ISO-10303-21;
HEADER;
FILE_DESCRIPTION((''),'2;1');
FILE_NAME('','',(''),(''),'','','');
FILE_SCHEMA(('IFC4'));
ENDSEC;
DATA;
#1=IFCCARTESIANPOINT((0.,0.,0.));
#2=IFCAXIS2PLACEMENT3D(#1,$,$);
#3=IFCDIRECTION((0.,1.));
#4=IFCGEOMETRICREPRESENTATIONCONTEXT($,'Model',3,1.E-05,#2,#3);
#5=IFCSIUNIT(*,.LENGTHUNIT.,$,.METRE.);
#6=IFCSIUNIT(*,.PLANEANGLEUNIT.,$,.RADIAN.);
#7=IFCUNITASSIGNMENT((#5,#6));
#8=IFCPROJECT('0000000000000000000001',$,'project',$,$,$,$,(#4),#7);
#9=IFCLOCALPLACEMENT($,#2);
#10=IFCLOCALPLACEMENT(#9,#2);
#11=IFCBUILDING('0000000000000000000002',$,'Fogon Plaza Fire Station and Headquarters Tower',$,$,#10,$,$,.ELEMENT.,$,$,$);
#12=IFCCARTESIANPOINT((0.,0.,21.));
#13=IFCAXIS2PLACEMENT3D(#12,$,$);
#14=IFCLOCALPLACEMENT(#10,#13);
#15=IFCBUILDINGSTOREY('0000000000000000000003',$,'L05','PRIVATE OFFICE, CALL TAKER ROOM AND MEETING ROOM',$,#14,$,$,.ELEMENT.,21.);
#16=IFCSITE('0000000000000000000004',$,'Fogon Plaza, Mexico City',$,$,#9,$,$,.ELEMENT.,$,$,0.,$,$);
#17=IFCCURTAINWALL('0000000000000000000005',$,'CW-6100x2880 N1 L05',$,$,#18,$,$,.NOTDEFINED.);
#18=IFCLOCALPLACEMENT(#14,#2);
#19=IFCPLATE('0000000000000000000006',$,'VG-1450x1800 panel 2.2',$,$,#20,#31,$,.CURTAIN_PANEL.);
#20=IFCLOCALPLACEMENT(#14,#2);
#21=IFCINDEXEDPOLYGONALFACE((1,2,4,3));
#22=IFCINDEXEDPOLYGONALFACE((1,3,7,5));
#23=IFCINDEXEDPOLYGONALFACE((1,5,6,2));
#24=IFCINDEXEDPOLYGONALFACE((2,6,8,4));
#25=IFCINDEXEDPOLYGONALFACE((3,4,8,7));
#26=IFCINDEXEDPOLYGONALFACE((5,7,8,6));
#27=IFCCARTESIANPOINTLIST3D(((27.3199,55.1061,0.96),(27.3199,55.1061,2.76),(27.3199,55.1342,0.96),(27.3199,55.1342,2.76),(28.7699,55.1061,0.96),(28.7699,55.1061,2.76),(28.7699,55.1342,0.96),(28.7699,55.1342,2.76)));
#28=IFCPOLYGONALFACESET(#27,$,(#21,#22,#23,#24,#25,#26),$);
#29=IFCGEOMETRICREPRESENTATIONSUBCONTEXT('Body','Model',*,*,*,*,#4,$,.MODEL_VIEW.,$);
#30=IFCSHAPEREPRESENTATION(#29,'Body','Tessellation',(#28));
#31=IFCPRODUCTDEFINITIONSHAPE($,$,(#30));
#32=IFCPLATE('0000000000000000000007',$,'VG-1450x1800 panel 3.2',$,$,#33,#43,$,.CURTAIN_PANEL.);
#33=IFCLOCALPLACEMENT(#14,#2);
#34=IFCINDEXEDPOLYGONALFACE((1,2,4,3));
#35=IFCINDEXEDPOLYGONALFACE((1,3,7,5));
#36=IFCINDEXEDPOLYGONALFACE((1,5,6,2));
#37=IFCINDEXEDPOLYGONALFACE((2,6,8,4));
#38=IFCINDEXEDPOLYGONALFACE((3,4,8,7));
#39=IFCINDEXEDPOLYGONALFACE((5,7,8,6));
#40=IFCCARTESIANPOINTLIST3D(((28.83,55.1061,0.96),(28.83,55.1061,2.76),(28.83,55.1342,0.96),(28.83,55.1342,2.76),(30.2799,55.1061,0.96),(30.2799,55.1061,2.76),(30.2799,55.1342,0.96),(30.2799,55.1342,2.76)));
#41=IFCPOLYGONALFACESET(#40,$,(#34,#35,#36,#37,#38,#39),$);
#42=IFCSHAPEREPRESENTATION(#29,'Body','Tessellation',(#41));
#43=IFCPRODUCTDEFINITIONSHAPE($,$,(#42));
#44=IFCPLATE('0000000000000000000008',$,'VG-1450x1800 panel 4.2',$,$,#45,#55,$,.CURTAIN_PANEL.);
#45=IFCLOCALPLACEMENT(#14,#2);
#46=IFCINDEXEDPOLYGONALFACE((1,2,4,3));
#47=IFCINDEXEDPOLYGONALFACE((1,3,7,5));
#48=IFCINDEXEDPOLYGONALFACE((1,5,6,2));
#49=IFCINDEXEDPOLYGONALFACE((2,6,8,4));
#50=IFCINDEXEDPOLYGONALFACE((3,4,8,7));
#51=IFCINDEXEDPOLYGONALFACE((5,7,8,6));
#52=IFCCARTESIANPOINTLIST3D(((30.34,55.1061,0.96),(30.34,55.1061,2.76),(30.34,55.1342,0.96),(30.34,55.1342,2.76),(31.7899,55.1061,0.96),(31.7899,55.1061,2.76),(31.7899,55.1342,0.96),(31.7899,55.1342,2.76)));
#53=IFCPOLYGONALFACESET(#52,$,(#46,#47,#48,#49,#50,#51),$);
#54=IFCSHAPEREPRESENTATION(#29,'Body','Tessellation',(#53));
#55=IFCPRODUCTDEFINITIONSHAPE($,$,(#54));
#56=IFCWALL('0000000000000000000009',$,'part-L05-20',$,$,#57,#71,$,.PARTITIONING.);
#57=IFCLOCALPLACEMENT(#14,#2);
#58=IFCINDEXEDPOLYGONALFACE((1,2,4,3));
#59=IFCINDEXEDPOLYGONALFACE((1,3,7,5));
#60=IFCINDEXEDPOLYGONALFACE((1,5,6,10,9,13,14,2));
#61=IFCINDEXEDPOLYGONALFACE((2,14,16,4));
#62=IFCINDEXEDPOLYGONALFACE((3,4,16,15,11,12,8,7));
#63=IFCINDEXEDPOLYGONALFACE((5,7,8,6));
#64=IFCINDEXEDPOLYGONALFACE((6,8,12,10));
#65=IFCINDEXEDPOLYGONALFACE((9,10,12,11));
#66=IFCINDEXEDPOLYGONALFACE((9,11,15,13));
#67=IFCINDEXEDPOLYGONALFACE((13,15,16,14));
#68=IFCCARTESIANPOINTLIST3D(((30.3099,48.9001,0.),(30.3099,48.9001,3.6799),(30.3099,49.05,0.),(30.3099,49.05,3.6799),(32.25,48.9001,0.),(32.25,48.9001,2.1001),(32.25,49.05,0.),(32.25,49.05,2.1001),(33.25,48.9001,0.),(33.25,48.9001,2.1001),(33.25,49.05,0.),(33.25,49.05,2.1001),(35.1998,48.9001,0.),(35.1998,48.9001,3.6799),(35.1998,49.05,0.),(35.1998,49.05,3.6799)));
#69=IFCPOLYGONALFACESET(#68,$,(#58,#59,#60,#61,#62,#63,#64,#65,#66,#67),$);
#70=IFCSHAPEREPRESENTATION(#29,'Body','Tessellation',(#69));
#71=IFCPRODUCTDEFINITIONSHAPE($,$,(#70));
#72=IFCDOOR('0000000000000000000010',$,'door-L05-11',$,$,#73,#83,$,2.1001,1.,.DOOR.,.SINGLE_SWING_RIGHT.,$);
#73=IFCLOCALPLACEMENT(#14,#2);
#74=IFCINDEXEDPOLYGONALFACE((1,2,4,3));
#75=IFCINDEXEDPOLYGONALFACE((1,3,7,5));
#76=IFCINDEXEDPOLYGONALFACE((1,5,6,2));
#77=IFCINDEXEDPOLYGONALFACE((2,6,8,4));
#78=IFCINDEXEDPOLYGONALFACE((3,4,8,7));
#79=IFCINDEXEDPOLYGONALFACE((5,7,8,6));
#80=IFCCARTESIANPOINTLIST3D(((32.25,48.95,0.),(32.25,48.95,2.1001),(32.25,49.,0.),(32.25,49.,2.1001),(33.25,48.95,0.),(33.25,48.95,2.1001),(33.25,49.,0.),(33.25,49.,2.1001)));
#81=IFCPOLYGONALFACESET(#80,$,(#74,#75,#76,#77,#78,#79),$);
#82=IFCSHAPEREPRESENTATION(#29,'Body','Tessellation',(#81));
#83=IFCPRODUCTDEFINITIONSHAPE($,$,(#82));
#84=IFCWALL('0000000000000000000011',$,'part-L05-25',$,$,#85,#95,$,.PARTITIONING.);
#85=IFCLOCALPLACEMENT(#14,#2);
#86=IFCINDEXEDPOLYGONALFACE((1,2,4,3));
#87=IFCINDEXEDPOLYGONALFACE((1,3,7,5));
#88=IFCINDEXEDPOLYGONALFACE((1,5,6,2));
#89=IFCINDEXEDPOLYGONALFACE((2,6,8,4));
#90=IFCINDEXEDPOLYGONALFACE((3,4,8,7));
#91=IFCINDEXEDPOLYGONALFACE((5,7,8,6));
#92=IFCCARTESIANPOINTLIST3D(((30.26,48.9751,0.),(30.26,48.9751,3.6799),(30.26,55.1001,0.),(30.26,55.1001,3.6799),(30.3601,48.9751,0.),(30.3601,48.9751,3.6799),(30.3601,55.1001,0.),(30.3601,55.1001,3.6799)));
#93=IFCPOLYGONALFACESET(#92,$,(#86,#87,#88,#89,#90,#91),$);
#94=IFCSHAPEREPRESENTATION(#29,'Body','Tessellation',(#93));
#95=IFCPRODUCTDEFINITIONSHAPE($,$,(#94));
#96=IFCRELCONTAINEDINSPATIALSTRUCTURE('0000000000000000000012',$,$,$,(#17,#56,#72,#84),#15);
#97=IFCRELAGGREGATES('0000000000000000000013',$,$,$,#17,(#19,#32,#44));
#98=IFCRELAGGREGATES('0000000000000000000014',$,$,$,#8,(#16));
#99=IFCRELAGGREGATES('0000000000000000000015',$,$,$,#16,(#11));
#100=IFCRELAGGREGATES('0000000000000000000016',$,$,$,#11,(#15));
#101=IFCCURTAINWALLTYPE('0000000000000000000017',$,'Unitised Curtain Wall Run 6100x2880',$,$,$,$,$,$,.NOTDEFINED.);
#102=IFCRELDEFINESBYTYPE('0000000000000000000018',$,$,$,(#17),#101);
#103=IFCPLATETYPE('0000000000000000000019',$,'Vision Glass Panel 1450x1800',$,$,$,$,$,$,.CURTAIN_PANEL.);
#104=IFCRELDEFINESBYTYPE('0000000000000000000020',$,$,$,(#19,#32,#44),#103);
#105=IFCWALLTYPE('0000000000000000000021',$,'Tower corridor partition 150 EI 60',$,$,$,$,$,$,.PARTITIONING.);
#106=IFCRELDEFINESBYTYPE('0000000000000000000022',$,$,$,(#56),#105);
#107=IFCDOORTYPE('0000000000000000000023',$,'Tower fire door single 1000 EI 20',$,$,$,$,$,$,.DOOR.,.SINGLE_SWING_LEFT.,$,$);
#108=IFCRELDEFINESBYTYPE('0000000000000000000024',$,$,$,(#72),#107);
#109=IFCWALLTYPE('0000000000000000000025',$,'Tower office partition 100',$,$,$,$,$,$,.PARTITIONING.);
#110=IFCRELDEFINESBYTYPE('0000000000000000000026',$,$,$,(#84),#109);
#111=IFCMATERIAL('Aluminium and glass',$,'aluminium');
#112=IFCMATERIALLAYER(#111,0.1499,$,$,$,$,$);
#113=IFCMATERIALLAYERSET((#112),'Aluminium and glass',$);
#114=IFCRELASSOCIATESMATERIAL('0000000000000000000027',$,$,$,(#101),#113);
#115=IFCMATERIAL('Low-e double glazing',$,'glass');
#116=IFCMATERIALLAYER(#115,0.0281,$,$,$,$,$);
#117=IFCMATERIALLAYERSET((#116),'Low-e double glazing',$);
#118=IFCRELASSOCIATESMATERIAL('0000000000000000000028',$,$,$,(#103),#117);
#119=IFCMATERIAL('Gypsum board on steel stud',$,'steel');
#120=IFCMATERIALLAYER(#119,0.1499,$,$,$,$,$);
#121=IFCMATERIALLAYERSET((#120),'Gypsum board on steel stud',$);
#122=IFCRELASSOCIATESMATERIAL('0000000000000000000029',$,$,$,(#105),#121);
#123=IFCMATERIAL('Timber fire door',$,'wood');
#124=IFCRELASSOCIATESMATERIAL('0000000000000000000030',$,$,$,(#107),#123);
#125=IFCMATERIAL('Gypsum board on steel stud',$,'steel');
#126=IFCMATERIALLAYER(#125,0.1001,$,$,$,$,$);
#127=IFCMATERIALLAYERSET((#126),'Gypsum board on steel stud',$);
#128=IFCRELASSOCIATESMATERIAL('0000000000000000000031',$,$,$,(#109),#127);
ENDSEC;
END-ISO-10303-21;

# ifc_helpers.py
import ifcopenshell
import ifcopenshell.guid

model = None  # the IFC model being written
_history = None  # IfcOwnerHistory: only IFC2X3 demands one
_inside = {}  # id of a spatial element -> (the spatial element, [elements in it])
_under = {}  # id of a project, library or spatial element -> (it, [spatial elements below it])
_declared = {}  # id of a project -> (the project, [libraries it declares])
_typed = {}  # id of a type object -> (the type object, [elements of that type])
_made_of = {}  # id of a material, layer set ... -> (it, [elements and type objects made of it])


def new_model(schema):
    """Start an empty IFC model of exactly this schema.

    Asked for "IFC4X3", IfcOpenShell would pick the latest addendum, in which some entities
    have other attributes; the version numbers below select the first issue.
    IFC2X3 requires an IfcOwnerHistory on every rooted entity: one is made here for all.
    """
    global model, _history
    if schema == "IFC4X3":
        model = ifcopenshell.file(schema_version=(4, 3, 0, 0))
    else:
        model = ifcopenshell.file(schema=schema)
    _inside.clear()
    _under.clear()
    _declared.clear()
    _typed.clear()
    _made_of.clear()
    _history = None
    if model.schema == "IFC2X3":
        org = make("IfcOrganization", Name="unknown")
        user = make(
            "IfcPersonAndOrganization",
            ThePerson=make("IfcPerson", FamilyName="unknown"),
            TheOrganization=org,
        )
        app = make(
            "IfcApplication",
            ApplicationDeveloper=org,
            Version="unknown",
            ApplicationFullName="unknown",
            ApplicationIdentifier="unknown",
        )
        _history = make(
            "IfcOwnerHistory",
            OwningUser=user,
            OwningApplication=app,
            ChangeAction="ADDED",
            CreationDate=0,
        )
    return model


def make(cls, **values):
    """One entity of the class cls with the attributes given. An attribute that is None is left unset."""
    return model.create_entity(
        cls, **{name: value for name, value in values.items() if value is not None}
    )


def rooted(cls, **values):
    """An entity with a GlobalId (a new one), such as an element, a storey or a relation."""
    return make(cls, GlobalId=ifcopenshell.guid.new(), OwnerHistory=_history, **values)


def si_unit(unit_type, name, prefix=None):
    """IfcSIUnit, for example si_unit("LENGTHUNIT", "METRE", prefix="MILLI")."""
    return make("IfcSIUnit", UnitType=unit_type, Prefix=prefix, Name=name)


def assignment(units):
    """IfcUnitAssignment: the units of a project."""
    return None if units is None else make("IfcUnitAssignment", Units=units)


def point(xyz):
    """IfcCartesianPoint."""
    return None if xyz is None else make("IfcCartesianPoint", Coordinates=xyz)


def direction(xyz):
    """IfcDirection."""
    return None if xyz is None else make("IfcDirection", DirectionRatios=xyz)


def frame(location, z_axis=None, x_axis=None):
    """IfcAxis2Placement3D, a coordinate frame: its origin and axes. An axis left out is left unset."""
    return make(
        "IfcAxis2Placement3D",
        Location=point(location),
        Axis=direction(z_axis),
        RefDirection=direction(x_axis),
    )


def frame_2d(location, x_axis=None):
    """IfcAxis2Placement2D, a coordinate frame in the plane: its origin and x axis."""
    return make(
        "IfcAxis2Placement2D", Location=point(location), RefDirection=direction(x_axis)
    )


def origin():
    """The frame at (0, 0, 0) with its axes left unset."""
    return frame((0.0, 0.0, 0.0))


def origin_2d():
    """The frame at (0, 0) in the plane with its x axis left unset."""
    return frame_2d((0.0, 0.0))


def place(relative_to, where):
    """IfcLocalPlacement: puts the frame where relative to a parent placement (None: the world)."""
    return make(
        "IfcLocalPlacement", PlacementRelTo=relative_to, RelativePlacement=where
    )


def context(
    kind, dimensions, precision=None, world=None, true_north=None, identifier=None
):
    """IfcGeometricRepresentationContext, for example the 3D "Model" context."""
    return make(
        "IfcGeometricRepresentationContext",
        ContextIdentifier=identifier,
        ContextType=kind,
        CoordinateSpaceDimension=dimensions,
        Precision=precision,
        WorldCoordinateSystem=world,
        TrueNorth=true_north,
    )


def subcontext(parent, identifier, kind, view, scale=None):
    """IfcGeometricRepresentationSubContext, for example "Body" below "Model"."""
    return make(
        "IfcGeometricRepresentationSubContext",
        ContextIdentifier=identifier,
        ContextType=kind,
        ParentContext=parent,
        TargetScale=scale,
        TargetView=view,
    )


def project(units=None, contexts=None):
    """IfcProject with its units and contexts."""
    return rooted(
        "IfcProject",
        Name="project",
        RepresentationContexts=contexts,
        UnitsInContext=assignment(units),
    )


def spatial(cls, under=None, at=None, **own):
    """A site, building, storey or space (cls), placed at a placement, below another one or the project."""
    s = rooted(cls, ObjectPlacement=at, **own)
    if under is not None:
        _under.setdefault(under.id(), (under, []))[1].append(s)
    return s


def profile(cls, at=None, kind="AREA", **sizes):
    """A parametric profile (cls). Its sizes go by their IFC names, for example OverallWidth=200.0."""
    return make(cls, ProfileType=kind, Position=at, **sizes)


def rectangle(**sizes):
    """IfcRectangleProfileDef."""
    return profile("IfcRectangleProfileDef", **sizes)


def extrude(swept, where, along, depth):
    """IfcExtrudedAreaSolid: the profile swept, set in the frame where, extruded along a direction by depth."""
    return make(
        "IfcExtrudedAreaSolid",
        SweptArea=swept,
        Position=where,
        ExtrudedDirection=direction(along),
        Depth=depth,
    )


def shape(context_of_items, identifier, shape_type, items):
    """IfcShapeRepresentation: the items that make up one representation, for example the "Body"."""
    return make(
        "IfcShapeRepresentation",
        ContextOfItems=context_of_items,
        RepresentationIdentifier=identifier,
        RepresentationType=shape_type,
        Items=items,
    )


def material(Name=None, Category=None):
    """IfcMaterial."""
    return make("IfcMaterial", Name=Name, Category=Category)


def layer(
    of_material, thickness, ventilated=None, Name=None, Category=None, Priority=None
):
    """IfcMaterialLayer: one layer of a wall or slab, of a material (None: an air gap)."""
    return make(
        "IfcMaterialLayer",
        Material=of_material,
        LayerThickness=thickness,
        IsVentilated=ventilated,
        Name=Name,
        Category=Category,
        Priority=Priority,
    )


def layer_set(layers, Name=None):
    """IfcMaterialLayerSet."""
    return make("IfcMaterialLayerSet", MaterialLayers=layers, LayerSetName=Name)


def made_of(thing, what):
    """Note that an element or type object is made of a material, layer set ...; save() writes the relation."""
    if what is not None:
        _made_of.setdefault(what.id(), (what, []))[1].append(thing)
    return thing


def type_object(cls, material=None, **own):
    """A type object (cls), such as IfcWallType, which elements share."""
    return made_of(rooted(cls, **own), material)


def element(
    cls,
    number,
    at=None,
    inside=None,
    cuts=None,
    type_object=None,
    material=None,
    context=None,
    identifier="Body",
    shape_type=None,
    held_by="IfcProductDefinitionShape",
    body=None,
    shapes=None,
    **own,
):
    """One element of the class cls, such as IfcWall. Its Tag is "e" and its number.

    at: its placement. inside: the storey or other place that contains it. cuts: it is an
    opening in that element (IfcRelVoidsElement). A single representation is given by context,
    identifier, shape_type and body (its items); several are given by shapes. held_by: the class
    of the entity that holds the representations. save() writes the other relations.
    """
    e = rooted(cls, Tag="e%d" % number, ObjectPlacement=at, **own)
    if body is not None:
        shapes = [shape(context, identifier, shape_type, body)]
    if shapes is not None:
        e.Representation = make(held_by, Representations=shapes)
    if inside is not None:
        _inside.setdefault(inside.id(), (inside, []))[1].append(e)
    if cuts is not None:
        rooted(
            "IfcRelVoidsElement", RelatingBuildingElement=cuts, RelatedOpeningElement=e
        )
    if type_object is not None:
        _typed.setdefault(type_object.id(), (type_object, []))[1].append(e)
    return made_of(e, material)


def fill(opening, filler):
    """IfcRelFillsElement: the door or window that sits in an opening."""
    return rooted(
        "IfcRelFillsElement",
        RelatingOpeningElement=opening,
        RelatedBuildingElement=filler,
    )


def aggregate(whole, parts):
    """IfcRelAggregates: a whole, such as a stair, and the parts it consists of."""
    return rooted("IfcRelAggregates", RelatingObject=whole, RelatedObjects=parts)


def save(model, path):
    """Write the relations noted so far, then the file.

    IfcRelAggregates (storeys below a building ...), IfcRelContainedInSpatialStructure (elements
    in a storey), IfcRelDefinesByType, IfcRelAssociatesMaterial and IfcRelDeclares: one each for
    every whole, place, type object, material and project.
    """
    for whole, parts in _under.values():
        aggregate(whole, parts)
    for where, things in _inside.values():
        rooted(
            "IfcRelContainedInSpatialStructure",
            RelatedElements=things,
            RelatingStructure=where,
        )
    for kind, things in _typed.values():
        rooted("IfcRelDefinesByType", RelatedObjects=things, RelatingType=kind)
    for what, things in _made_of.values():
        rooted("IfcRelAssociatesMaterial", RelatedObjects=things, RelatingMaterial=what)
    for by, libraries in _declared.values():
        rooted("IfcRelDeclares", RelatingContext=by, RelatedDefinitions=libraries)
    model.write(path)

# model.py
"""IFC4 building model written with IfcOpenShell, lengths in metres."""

from ifc_helpers import new_model, si_unit, direction, frame, frame_2d, origin, origin_2d, place, context, subcontext, project, spatial, rectangle, extrude, material, layer, layer_set, type_object, element, fill, aggregate, save


model = new_model("IFC4")

# Units and contexts
model_context = context("Model", 3, precision=1e-05, world=origin(), true_north=direction((0.0, 1.0)))
body_context = subcontext(model_context, "Body", "Model", "MODEL_VIEW")
ifc_project = project(units=[si_unit("LENGTHUNIT", "METRE"), si_unit("PLANEANGLEUNIT", "RADIAN")], contexts=[model_context])

# Site, building, storey
site_placement = place(None, origin())
site = spatial("IfcSite", under=ifc_project, at=site_placement, Name="Fogon Plaza, Mexico City", CompositionType="ELEMENT", RefElevation=0.0)
building_placement = place(site_placement, origin())
building = spatial("IfcBuilding", under=site, at=building_placement, Name="Fogon Plaza Fire Station and Headquarters Tower", CompositionType="ELEMENT")
storey_placement = place(building_placement, frame((0.0, 0.0, 21.0)))
storey = spatial("IfcBuildingStorey", under=building, at=storey_placement, Name="L05", Description="PRIVATE OFFICE, CALL TAKER ROOM AND MEETING ROOM", CompositionType="ELEMENT", Elevation=21.0)

# Curtain wall
ifc_material_1 = material(Name="Aluminium and glass", Category="aluminium")
ifc_layer_1 = layer(ifc_material_1, 0.1499)
ifc_layer_set_1 = layer_set([ifc_layer_1], Name="Aluminium and glass")
curtain_wall_type = type_object("IfcCurtainWallType", Name="Unitised Curtain Wall Run 6100x2880", PredefinedType="NOTDEFINED", material=ifc_layer_set_1)
curtain_wall_placement = place(storey_placement, origin())
curtain_wall = element("IfcCurtainWall", 1, at=curtain_wall_placement, inside=storey, type_object=curtain_wall_type, Name="CW-6100x2880 N1 L05", PredefinedType="NOTDEFINED")

# Plates
ifc_material_2 = material(Name="Low-e double glazing", Category="glass")
ifc_layer_2 = layer(ifc_material_2, 0.0281)
ifc_layer_set_2 = layer_set([ifc_layer_2], Name="Low-e double glazing")
plate_type_1 = type_object("IfcPlateType", Name="Vision Glass Panel 1450x1800", PredefinedType="CURTAIN_PANEL", material=ifc_layer_set_2)
plate_1_placement = place(storey_placement, frame((28.0449, 55.1201, 0.96), z_axis=(0.0, 0.0, 1.0), x_axis=(1.0, 0.0, 0.0)))
plate_1 = element("IfcPlate", 2, at=plate_1_placement, type_object=plate_type_1, Name="VG-1450x1800 panel 2.2", PredefinedType="CURTAIN_PANEL", context=body_context, shape_type="SweptSolid", body=[
    extrude(rectangle(XDim=1.45, YDim=0.0281, at=origin_2d()), origin(), (0.0, 0.0, 1.0), 1.8),
])
plate_2_placement = place(storey_placement, frame((29.5549, 55.1201, 0.96), z_axis=(0.0, 0.0, 1.0), x_axis=(1.0, 0.0, 0.0)))
plate_2 = element("IfcPlate", 3, at=plate_2_placement, type_object=plate_type_1, Name="VG-1450x1800 panel 3.2", PredefinedType="CURTAIN_PANEL", context=body_context, shape_type="SweptSolid", body=[
    extrude(rectangle(XDim=1.45, YDim=0.0281, at=origin_2d()), origin(), (0.0, 0.0, 1.0), 1.8),
])
plate_3_placement = place(storey_placement, frame((31.0649, 55.1201, 0.96), z_axis=(0.0, 0.0, 1.0), x_axis=(1.0, 0.0, 0.0)))
plate_3 = element("IfcPlate", 4, at=plate_3_placement, type_object=plate_type_1, Name="VG-1450x1800 panel 4.2", PredefinedType="CURTAIN_PANEL", context=body_context, shape_type="SweptSolid", body=[
    extrude(rectangle(XDim=1.45, YDim=0.0281, at=origin_2d()), origin(), (0.0, 0.0, 1.0), 1.8),
])
aggregate(curtain_wall, [plate_1, plate_2, plate_3])

# Wall, opening, door
ifc_material_3 = material(Name="Gypsum board on steel stud", Category="steel")
ifc_layer_3 = layer(ifc_material_3, 0.1499)
ifc_layer_set_3 = layer_set([ifc_layer_3], Name="Gypsum board on steel stud")
wall_type_1 = type_object("IfcWallType", Name="Tower corridor partition 150 EI 60", PredefinedType="PARTITIONING", material=ifc_layer_set_3)
wall_1_placement = place(storey_placement, frame((30.3101, 48.9751, 0.0), z_axis=(0.0, 0.0, 1.0), x_axis=(1.0, 0.0, 0.0)))
wall_1 = element("IfcWall", 5, at=wall_1_placement, inside=storey, type_object=wall_type_1, Name="part-L05-20", PredefinedType="PARTITIONING", context=body_context, shape_type="SweptSolid", body=[
    extrude(rectangle(XDim=4.8899, YDim=0.1499, at=frame_2d((2.4448, 0.0))), origin(), (0.0, 0.0, 1.0), 3.6799),
])
opening_placement = place(wall_1_placement, frame((1.9399, 0.0, 0.0)))
opening = element("IfcOpeningElement", 6, at=opening_placement, cuts=wall_1, PredefinedType="OPENING", context=body_context, shape_type="SweptSolid", body=[
    extrude(rectangle(XDim=1.0, YDim=2.1001, at=frame_2d((0.5, 1.05))), frame((0.0, 0.085, 0.0), z_axis=(0.0, -1.0, 0.0), x_axis=(1.0, 0.0, 0.0)), (0.0, 0.0, 1.0), 0.1699),
])
ifc_material_4 = material(Name="Timber fire door", Category="wood")
door_type = type_object("IfcDoorType", Name="Tower fire door single 1000 EI 20", OperationType="SINGLE_SWING_LEFT", PredefinedType="DOOR", material=ifc_material_4)
door_placement = place(opening_placement, origin())
door = element("IfcDoor", 7, at=door_placement, inside=storey, type_object=door_type, Name="door-L05-11", OperationType="SINGLE_SWING_RIGHT", OverallHeight=2.1001, OverallWidth=1.0, PredefinedType="DOOR", context=body_context, shape_type="SweptSolid", body=[
    extrude(rectangle(XDim=1.0, YDim=2.1001, at=frame_2d((0.5, 1.05))), frame((0.0, 0.0249, 0.0), z_axis=(0.0, -1.0, 0.0), x_axis=(1.0, 0.0, 0.0)), (0.0, 0.0, 1.0), 0.05),
])
fill(opening, door)

# Wall
ifc_material_5 = material(Name="Gypsum board on steel stud", Category="steel")
ifc_layer_4 = layer(ifc_material_5, 0.1001)
ifc_layer_set_4 = layer_set([ifc_layer_4], Name="Gypsum board on steel stud")
wall_type_2 = type_object("IfcWallType", Name="Tower office partition 100", PredefinedType="PARTITIONING", material=ifc_layer_set_4)
wall_2_placement = place(storey_placement, frame((30.3101, 48.9751, 0.0), z_axis=(0.0, 0.0, 1.0), x_axis=(0.0, 1.0, 0.0)))
element("IfcWall", 8, at=wall_2_placement, inside=storey, type_object=wall_type_2, Name="part-L05-25", PredefinedType="PARTITIONING", context=body_context, shape_type="SweptSolid", body=[
    extrude(rectangle(XDim=6.125, YDim=0.1001, at=frame_2d((3.0625, 0.0))), origin(), (0.0, 0.0, 1.0), 3.6799),
])

save(model, "model.ifc")
